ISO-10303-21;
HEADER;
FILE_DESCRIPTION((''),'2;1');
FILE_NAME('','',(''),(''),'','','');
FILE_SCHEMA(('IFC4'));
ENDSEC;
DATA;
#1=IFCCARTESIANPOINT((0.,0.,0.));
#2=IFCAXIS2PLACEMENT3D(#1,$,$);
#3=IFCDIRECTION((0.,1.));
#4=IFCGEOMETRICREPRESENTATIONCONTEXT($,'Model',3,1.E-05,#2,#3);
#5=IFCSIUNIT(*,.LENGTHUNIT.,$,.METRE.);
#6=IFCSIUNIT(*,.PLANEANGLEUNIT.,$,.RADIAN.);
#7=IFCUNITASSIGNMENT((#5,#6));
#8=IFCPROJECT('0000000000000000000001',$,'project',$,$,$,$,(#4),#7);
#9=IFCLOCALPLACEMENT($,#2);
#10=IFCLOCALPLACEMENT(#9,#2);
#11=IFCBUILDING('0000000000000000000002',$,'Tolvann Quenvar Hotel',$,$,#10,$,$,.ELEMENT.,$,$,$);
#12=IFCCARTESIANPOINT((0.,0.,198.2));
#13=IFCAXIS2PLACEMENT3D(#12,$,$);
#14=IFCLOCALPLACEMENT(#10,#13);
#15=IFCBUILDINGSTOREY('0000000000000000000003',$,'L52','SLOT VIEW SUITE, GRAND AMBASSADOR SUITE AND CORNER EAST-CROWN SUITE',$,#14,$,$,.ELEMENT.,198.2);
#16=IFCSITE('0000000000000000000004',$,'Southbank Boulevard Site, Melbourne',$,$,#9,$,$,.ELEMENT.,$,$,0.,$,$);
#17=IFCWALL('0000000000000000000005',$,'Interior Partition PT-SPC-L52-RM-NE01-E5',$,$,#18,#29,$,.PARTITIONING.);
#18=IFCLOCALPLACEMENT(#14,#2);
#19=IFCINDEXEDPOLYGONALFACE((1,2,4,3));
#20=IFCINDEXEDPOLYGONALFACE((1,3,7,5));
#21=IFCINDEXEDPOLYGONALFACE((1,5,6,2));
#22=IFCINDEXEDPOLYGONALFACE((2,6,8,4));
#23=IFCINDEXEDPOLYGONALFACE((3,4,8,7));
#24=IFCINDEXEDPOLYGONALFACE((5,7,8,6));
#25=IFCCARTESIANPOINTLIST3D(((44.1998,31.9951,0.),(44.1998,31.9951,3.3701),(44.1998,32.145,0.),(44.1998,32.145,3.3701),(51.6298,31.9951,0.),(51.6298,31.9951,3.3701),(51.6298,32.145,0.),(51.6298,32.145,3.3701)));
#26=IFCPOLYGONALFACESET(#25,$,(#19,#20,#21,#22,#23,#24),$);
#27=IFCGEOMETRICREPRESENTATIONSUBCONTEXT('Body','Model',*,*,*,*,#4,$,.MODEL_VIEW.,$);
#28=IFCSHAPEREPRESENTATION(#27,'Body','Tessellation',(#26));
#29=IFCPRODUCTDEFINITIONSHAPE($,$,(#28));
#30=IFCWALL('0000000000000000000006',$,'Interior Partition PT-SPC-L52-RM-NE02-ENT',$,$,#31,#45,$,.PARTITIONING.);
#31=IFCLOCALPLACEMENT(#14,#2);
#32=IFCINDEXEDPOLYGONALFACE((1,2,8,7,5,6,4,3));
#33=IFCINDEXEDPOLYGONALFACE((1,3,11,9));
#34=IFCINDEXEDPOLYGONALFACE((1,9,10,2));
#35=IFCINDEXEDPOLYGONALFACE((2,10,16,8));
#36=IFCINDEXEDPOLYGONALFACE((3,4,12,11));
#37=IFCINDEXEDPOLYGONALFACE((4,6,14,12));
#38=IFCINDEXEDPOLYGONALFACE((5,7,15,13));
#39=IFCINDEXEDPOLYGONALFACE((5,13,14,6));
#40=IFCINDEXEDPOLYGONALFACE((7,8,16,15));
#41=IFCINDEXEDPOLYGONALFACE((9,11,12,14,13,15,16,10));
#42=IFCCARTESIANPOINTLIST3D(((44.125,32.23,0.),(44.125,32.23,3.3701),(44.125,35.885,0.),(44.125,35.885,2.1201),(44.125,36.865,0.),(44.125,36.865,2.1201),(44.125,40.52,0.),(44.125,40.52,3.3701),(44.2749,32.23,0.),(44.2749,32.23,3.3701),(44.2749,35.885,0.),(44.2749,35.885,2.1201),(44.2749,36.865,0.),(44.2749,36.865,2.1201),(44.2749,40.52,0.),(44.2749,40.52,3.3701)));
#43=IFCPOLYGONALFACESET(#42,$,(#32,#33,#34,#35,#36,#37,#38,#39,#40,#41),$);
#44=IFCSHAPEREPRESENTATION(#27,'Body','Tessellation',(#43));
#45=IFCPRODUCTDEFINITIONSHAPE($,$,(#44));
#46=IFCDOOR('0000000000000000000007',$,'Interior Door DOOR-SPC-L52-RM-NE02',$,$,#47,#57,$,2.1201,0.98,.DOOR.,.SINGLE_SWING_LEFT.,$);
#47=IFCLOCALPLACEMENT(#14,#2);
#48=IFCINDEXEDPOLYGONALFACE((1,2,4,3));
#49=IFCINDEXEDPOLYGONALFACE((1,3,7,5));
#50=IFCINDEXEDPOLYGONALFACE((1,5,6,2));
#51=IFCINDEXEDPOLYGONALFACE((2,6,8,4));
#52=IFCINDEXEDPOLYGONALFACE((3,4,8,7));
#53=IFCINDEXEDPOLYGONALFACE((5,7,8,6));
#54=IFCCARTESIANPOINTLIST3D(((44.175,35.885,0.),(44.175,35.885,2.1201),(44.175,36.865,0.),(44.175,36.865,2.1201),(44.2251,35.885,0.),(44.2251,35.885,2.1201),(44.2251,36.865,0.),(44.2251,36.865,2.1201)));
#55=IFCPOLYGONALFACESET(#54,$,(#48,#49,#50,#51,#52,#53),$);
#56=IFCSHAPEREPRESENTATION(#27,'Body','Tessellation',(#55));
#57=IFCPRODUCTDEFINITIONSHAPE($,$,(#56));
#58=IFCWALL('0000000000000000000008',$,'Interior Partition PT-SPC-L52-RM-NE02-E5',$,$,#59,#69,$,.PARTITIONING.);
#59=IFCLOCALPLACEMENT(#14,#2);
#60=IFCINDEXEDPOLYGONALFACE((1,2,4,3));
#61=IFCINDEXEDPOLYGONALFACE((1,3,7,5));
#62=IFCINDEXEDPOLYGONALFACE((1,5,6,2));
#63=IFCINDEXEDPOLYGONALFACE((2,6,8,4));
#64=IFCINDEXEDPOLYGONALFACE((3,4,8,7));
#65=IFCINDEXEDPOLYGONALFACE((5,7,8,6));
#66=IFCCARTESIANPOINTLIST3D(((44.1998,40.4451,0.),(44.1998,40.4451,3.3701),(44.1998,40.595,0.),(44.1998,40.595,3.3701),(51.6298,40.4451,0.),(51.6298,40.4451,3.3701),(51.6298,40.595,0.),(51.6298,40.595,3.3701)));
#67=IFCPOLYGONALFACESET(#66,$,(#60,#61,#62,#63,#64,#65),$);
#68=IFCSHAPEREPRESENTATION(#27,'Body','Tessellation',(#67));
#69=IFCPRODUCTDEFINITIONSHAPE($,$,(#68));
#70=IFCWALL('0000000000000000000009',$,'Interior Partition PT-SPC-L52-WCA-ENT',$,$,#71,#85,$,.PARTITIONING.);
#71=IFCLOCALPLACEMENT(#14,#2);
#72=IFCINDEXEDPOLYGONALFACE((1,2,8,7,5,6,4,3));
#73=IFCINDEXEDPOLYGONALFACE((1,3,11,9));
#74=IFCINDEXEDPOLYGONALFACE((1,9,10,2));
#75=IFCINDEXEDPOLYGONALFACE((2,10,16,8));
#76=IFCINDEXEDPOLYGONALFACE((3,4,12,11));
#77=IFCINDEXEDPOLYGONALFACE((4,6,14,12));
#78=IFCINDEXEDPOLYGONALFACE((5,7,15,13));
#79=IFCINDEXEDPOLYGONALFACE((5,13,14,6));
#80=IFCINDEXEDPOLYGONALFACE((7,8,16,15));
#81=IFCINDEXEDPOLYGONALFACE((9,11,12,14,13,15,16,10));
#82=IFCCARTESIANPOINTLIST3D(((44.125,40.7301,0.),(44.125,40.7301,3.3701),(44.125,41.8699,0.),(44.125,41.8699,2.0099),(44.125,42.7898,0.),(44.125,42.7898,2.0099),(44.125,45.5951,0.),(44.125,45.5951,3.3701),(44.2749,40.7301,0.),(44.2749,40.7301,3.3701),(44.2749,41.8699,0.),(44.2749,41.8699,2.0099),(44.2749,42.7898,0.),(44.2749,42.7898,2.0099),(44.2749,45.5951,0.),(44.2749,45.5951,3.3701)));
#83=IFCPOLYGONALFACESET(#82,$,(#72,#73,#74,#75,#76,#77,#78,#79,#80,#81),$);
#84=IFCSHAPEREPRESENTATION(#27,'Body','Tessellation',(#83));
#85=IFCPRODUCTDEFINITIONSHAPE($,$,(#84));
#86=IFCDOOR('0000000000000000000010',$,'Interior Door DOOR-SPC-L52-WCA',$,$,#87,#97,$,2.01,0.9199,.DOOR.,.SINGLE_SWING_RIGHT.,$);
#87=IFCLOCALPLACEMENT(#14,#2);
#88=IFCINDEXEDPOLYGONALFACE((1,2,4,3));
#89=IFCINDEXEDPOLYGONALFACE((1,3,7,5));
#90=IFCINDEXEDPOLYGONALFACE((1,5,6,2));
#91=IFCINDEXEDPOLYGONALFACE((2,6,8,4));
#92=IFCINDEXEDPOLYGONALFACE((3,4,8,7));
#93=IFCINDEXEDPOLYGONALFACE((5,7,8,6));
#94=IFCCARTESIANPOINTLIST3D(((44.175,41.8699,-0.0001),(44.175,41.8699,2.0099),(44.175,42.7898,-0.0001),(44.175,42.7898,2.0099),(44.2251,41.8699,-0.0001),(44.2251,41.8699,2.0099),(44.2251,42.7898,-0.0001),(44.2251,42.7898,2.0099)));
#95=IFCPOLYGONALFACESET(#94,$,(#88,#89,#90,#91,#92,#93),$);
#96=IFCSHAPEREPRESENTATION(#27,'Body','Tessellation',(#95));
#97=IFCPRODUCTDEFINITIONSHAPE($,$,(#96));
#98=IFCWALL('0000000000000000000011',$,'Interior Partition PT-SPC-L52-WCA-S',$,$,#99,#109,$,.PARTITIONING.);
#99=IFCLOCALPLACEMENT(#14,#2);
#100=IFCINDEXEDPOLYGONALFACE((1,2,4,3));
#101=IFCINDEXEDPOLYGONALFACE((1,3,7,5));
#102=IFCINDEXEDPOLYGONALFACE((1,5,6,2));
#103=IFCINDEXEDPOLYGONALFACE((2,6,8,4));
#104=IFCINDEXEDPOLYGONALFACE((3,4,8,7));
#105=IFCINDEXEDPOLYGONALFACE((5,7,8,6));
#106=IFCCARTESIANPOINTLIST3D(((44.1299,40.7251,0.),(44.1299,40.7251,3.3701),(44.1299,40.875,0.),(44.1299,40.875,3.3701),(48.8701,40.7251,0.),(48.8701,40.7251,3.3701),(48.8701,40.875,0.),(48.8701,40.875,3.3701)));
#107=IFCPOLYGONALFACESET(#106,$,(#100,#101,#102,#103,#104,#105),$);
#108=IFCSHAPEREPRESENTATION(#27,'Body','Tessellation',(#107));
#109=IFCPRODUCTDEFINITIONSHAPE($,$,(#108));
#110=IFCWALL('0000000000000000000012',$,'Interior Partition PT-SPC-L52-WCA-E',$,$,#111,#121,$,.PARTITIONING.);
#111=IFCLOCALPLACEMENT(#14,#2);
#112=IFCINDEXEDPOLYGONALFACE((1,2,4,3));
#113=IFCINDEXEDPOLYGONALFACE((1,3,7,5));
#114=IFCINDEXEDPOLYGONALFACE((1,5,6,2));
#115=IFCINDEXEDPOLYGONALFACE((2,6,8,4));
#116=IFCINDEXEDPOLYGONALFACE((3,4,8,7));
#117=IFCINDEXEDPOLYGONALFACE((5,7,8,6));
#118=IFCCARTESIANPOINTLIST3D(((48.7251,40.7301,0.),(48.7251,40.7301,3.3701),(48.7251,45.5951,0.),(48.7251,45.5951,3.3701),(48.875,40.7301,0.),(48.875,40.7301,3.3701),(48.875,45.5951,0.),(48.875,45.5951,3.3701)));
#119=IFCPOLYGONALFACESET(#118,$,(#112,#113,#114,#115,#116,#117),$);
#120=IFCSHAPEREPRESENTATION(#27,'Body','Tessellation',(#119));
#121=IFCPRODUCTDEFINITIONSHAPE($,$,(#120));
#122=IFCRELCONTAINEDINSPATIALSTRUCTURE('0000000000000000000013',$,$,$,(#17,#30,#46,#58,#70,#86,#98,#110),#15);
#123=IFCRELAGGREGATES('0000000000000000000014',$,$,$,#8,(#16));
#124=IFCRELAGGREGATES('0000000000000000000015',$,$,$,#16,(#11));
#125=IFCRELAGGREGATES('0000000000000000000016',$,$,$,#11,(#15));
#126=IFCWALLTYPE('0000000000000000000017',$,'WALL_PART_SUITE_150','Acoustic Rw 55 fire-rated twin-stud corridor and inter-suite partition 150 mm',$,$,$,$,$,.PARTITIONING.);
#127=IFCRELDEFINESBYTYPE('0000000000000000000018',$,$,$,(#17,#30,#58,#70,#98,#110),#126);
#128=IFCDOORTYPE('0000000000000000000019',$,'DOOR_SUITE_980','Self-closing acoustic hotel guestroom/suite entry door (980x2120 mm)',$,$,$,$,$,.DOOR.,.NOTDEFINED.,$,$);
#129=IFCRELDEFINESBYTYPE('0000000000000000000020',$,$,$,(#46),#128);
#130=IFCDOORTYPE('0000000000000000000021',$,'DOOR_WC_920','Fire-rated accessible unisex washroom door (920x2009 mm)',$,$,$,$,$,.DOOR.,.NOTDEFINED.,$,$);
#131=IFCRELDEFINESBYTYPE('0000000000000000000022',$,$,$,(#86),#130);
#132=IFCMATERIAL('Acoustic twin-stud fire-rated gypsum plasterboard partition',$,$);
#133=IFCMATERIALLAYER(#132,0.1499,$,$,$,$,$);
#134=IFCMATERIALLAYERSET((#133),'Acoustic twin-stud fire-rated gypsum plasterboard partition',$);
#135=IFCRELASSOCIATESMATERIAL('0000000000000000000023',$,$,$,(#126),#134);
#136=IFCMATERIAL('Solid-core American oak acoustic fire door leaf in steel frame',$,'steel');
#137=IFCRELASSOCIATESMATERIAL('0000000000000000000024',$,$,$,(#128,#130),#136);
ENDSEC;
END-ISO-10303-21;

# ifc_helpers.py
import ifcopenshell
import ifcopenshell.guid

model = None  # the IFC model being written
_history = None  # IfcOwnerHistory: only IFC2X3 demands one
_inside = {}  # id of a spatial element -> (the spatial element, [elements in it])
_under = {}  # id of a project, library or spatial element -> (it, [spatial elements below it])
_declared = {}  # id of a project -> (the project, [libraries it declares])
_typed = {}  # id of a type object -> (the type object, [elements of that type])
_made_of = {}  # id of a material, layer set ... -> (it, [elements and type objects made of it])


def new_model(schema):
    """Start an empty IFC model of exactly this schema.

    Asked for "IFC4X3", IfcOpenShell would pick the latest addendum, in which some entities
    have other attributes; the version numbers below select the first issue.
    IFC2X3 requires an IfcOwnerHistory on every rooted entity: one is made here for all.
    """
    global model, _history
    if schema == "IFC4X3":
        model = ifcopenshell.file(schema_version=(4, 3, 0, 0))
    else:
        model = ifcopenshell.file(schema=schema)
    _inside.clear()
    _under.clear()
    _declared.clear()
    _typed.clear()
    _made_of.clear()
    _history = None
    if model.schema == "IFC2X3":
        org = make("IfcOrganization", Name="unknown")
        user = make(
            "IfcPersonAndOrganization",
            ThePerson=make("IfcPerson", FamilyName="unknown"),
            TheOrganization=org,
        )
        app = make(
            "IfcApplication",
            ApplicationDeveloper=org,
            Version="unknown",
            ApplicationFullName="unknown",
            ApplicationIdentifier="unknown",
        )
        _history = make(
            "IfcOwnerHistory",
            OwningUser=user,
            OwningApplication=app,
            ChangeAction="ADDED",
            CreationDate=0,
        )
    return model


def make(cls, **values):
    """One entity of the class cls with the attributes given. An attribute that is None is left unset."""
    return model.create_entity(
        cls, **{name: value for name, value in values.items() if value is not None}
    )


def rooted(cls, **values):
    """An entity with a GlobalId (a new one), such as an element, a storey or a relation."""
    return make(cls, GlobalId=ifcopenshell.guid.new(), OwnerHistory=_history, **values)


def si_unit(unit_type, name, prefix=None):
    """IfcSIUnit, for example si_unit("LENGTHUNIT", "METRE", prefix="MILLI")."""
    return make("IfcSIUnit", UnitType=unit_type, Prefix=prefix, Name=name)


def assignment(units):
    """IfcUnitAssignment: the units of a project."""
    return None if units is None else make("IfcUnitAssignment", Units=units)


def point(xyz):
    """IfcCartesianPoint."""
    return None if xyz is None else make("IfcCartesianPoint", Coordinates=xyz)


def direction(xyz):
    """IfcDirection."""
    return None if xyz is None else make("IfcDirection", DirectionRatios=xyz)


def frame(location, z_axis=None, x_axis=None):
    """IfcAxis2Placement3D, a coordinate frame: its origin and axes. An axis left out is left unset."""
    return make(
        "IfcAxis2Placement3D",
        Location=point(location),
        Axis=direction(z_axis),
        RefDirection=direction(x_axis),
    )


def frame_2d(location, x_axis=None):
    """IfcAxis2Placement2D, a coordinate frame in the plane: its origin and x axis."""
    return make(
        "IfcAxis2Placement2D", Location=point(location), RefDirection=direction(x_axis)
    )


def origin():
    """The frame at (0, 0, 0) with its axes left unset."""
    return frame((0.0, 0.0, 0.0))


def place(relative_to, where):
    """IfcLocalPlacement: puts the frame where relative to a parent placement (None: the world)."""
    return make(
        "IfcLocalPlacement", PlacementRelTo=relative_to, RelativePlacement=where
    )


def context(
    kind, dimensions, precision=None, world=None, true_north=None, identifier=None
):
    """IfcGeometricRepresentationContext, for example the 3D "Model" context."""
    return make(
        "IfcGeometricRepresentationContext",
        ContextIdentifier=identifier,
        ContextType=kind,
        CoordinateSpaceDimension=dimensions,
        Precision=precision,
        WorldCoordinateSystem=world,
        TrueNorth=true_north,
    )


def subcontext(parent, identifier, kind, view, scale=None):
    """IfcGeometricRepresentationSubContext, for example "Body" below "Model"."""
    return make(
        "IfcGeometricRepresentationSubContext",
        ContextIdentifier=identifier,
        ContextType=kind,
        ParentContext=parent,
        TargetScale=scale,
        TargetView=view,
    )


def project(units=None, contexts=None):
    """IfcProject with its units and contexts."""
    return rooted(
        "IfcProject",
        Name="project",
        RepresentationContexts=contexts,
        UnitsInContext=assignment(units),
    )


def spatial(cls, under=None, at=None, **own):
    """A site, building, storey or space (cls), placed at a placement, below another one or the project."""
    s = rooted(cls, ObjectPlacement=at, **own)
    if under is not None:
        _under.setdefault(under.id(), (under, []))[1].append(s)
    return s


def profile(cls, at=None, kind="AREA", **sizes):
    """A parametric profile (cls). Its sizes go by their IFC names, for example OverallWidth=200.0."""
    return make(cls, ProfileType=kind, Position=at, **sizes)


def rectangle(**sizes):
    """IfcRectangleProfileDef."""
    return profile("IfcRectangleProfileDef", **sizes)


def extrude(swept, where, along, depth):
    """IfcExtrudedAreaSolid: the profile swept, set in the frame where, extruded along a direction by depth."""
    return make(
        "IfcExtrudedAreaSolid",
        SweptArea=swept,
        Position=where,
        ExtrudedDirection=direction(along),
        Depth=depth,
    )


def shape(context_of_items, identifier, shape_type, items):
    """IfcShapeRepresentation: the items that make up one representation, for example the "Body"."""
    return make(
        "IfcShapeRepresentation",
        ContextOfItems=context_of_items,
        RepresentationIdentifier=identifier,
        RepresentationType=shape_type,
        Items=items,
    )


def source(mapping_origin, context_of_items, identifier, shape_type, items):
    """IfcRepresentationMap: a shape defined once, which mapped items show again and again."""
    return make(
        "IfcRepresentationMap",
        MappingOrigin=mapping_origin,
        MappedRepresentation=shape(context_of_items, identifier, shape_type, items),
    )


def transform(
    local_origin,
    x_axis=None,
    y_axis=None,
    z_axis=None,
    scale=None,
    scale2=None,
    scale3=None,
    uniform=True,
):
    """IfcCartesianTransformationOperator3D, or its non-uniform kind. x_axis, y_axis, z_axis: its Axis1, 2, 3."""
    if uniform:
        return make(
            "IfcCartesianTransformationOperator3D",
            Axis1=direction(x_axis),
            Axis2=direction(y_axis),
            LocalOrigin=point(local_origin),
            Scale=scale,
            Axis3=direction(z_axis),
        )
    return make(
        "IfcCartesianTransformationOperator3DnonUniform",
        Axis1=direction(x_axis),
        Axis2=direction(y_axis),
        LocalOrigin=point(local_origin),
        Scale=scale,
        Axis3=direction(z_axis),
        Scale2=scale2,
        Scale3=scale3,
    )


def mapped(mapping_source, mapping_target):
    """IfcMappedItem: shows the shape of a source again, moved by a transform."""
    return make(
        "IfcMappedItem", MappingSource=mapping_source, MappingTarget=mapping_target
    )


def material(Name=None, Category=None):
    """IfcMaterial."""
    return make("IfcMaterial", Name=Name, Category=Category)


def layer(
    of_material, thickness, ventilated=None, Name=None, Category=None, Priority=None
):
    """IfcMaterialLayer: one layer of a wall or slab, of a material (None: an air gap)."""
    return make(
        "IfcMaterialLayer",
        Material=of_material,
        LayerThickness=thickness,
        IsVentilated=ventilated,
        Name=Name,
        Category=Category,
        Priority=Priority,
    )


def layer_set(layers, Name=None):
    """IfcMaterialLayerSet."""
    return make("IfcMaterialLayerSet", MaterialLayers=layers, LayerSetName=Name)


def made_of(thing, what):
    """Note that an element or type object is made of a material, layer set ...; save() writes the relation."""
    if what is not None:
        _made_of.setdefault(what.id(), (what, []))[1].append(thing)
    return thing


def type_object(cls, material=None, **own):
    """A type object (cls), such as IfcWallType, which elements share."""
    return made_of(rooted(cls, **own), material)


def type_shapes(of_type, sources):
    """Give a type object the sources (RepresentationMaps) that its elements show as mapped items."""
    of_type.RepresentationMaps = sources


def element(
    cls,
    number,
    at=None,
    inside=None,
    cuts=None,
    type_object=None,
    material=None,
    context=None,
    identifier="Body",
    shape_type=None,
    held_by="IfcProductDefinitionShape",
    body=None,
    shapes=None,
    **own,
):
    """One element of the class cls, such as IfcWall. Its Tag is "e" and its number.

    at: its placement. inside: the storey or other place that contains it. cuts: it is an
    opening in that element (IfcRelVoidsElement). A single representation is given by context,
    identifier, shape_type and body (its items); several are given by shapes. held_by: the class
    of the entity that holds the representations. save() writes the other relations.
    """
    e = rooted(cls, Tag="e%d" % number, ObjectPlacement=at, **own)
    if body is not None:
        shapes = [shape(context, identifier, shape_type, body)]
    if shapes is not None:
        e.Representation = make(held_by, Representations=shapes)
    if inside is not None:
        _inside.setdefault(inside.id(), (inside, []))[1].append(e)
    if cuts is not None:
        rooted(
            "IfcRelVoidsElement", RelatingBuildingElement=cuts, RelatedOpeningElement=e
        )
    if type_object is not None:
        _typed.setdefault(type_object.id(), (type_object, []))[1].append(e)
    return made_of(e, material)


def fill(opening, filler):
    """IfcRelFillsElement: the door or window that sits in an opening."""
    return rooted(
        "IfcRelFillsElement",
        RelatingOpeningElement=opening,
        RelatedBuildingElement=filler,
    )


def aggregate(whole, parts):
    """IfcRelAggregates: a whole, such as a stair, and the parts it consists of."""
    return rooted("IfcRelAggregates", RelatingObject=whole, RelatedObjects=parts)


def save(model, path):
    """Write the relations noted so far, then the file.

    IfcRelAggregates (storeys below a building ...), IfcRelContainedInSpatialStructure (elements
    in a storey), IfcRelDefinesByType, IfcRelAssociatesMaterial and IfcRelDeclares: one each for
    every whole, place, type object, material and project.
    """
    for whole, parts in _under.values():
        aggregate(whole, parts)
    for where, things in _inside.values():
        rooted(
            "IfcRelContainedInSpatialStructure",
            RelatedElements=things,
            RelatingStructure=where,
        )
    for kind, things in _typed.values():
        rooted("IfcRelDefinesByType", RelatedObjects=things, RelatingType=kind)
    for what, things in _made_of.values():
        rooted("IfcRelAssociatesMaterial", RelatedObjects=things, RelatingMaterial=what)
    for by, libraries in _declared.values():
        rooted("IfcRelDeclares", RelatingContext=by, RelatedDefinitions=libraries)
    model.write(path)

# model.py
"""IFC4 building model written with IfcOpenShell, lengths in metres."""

from ifc_helpers import new_model, si_unit, direction, frame, frame_2d, origin, place, context, subcontext, project, spatial, rectangle, extrude, source, transform, mapped, material, layer, layer_set, type_object, type_shapes, element, fill, save


model = new_model("IFC4")

# Units and contexts
model_context = context("Model", 3, precision=1e-05, world=origin(), true_north=direction((0.0, 1.0)))
body_context = subcontext(model_context, "Body", "Model", "MODEL_VIEW")
ifc_project = project(units=[si_unit("LENGTHUNIT", "METRE"), si_unit("PLANEANGLEUNIT", "RADIAN")], contexts=[model_context])

# Site, building, storey
site_placement = place(None, origin())
site = spatial("IfcSite", under=ifc_project, at=site_placement, Name="Southbank Boulevard Site, Melbourne", CompositionType="ELEMENT", RefElevation=0.0)
building_placement = place(site_placement, origin())
building = spatial("IfcBuilding", under=site, at=building_placement, Name="Tolvann Quenvar Hotel", CompositionType="ELEMENT")
storey_placement = place(building_placement, frame((0.0, 0.0, 198.2)))
storey = spatial("IfcBuildingStorey", under=building, at=storey_placement, Name="L52", Description="SLOT VIEW SUITE, GRAND AMBASSADOR SUITE AND CORNER EAST-CROWN SUITE", CompositionType="ELEMENT", Elevation=198.2)

# Shared definitions
ifc_material_1 = material(Name="Acoustic twin-stud fire-rated gypsum plasterboard partition")
ifc_layer_1 = layer(ifc_material_1, 0.1499)
ifc_layer_set_1 = layer_set([ifc_layer_1], Name="Acoustic twin-stud fire-rated gypsum plasterboard partition")
wall_type_1 = type_object("IfcWallType", Name="WALL_PART_SUITE_150", Description="Acoustic Rw 55 fire-rated twin-stud corridor and inter-suite partition 150 mm", PredefinedType="PARTITIONING", material=ifc_layer_set_1)

# Wall
wall_1_placement = place(storey_placement, frame((44.2, 32.0701, 0.0), z_axis=(0.0, 0.0, 1.0), x_axis=(1.0, 0.0, 0.0)))
element("IfcWall", 1, at=wall_1_placement, inside=storey, type_object=wall_type_1, Name="Interior Partition PT-SPC-L52-RM-NE01-E5", PredefinedType="PARTITIONING", context=body_context, shape_type="SweptSolid", body=[
    extrude(rectangle(XDim=7.4299, YDim=0.1499, at=frame_2d((3.7148, 0.0))), origin(), (0.0, 0.0, 1.0), 3.3701),
])

# Wall, opening, door
wall_2_placement = place(storey_placement, frame((44.2, 32.23, 0.0), z_axis=(0.0, 0.0, 1.0), x_axis=(0.0, 1.0, 0.0)))
wall_2 = element("IfcWall", 2, at=wall_2_placement, inside=storey, type_object=wall_type_1, Name="Interior Partition PT-SPC-L52-RM-NE02-ENT", PredefinedType="PARTITIONING", context=body_context, shape_type="SweptSolid", body=[
    extrude(rectangle(XDim=8.29, YDim=0.1499, at=frame_2d((4.145, 0.0))), origin(), (0.0, 0.0, 1.0), 3.3701),
])
opening_1_placement = place(wall_2_placement, frame((3.655, 0.0, 0.0)))
opening_1 = element("IfcOpeningElement", 3, at=opening_1_placement, cuts=wall_2, PredefinedType="OPENING", context=body_context, shape_type="SweptSolid", body=[
    extrude(rectangle(XDim=0.98, YDim=2.1201, at=frame_2d((0.49, 1.0601))), frame((0.0, 0.085, 0.0), z_axis=(0.0, -1.0, 0.0), x_axis=(1.0, 0.0, 0.0)), (0.0, 0.0, 1.0), 0.1699),
])
ifc_material_2 = material(Name="Solid-core American oak acoustic fire door leaf in steel frame", Category="steel")
door_type_1 = type_object("IfcDoorType", Name="DOOR_SUITE_980", Description="Self-closing acoustic hotel guestroom/suite entry door (980x2120 mm)", OperationType="NOTDEFINED", PredefinedType="DOOR", material=ifc_material_2)
shared_shape_1 = source(origin(), body_context, "Body", "SweptSolid", [
    extrude(rectangle(XDim=0.98, YDim=2.1201, at=frame_2d((0.49, 1.0601))), frame((0.0, 0.0249, 0.0), z_axis=(0.0, -1.0, 0.0), x_axis=(1.0, 0.0, 0.0)), (0.0, 0.0, 1.0), 0.05),
])
type_shapes(door_type_1, [shared_shape_1])
door_1_placement = place(opening_1_placement, origin())
door_1 = element("IfcDoor", 4, at=door_1_placement, inside=storey, type_object=door_type_1, Name="Interior Door DOOR-SPC-L52-RM-NE02", OperationType="SINGLE_SWING_LEFT", OverallHeight=2.1201, OverallWidth=0.98, PredefinedType="DOOR", context=body_context, shape_type="MappedRepresentation", body=[
    mapped(shared_shape_1, transform((0.0, 0.0, 0.0), x_axis=(1.0, 0.0, 0.0), y_axis=(0.0, 1.0, 0.0), z_axis=(0.0, 0.0, 1.0), scale=1.0)),
])
fill(opening_1, door_1)

# Wall
wall_3_placement = place(storey_placement, frame((44.2, 40.52, 0.0), z_axis=(0.0, 0.0, 1.0), x_axis=(1.0, 0.0, 0.0)))
element("IfcWall", 5, at=wall_3_placement, inside=storey, type_object=wall_type_1, Name="Interior Partition PT-SPC-L52-RM-NE02-E5", PredefinedType="PARTITIONING", context=body_context, shape_type="SweptSolid", body=[
    extrude(rectangle(XDim=7.4299, YDim=0.1499, at=frame_2d((3.7148, 0.0))), origin(), (0.0, 0.0, 1.0), 3.3701),
])

# Wall, opening, door
wall_4_placement = place(storey_placement, frame((44.2, 40.73, 0.0), z_axis=(0.0, 0.0, 1.0), x_axis=(0.0, 1.0, 0.0)))
wall_4 = element("IfcWall", 6, at=wall_4_placement, inside=storey, type_object=wall_type_1, Name="Interior Partition PT-SPC-L52-WCA-ENT", PredefinedType="PARTITIONING", context=body_context, shape_type="SweptSolid", body=[
    extrude(rectangle(XDim=4.865, YDim=0.1499, at=frame_2d((2.4326, 0.0))), origin(), (0.0, 0.0, 1.0), 3.3701),
])
opening_2_placement = place(wall_4_placement, frame((1.1399, 0.0, 0.0)))
opening_2 = element("IfcOpeningElement", 7, at=opening_2_placement, cuts=wall_4, PredefinedType="OPENING", context=body_context, shape_type="SweptSolid", body=[
    extrude(rectangle(XDim=0.9199, YDim=2.01, at=frame_2d((0.46, 1.0049))), frame((0.0, 0.085, 0.0), z_axis=(0.0, -1.0, 0.0), x_axis=(1.0, 0.0, 0.0)), (0.0, 0.0, 1.0), 0.1699),
])
door_type_2 = type_object("IfcDoorType", Name="DOOR_WC_920", Description="Fire-rated accessible unisex washroom door (920x2009 mm)", OperationType="NOTDEFINED", PredefinedType="DOOR", material=ifc_material_2)
shared_shape_2 = source(origin(), body_context, "Body", "SweptSolid", [
    extrude(rectangle(XDim=0.9199, YDim=2.01, at=frame_2d((0.46, 1.0049))), frame((0.0, 0.0249, 0.0), z_axis=(0.0, -1.0, 0.0), x_axis=(1.0, 0.0, 0.0)), (0.0, 0.0, 1.0), 0.05),
])
type_shapes(door_type_2, [shared_shape_2])
door_2_placement = place(opening_2_placement, origin())
door_2 = element("IfcDoor", 8, at=door_2_placement, inside=storey, type_object=door_type_2, Name="Interior Door DOOR-SPC-L52-WCA", OperationType="SINGLE_SWING_RIGHT", OverallHeight=2.01, OverallWidth=0.9199, PredefinedType="DOOR", context=body_context, shape_type="MappedRepresentation", body=[
    mapped(shared_shape_2, transform((0.0, 0.0, 0.0), x_axis=(1.0, 0.0, 0.0), y_axis=(0.0, 1.0, 0.0), z_axis=(0.0, 0.0, 1.0), scale=1.0)),
])
fill(opening_2, door_2)

# Walls
wall_5_placement = place(storey_placement, frame((44.1299, 40.8, 0.0), z_axis=(0.0, 0.0, 1.0), x_axis=(1.0, 0.0, 0.0)))
element("IfcWall", 9, at=wall_5_placement, inside=storey, type_object=wall_type_1, Name="Interior Partition PT-SPC-L52-WCA-S", PredefinedType="PARTITIONING", context=body_context, shape_type="SweptSolid", body=[
    extrude(rectangle(XDim=4.7402, YDim=0.1499, at=frame_2d((2.3701, 0.0))), origin(), (0.0, 0.0, 1.0), 3.3701),
])
wall_6_placement = place(storey_placement, frame((48.8, 40.73, 0.0), z_axis=(0.0, 0.0, 1.0), x_axis=(0.0, 1.0, 0.0)))
element("IfcWall", 10, at=wall_6_placement, inside=storey, type_object=wall_type_1, Name="Interior Partition PT-SPC-L52-WCA-E", PredefinedType="PARTITIONING", context=body_context, shape_type="SweptSolid", body=[
    extrude(rectangle(XDim=4.865, YDim=0.1499, at=frame_2d((2.4326, 0.0))), origin(), (0.0, 0.0, 1.0), 3.3701),
])

save(model, "model.ifc")
